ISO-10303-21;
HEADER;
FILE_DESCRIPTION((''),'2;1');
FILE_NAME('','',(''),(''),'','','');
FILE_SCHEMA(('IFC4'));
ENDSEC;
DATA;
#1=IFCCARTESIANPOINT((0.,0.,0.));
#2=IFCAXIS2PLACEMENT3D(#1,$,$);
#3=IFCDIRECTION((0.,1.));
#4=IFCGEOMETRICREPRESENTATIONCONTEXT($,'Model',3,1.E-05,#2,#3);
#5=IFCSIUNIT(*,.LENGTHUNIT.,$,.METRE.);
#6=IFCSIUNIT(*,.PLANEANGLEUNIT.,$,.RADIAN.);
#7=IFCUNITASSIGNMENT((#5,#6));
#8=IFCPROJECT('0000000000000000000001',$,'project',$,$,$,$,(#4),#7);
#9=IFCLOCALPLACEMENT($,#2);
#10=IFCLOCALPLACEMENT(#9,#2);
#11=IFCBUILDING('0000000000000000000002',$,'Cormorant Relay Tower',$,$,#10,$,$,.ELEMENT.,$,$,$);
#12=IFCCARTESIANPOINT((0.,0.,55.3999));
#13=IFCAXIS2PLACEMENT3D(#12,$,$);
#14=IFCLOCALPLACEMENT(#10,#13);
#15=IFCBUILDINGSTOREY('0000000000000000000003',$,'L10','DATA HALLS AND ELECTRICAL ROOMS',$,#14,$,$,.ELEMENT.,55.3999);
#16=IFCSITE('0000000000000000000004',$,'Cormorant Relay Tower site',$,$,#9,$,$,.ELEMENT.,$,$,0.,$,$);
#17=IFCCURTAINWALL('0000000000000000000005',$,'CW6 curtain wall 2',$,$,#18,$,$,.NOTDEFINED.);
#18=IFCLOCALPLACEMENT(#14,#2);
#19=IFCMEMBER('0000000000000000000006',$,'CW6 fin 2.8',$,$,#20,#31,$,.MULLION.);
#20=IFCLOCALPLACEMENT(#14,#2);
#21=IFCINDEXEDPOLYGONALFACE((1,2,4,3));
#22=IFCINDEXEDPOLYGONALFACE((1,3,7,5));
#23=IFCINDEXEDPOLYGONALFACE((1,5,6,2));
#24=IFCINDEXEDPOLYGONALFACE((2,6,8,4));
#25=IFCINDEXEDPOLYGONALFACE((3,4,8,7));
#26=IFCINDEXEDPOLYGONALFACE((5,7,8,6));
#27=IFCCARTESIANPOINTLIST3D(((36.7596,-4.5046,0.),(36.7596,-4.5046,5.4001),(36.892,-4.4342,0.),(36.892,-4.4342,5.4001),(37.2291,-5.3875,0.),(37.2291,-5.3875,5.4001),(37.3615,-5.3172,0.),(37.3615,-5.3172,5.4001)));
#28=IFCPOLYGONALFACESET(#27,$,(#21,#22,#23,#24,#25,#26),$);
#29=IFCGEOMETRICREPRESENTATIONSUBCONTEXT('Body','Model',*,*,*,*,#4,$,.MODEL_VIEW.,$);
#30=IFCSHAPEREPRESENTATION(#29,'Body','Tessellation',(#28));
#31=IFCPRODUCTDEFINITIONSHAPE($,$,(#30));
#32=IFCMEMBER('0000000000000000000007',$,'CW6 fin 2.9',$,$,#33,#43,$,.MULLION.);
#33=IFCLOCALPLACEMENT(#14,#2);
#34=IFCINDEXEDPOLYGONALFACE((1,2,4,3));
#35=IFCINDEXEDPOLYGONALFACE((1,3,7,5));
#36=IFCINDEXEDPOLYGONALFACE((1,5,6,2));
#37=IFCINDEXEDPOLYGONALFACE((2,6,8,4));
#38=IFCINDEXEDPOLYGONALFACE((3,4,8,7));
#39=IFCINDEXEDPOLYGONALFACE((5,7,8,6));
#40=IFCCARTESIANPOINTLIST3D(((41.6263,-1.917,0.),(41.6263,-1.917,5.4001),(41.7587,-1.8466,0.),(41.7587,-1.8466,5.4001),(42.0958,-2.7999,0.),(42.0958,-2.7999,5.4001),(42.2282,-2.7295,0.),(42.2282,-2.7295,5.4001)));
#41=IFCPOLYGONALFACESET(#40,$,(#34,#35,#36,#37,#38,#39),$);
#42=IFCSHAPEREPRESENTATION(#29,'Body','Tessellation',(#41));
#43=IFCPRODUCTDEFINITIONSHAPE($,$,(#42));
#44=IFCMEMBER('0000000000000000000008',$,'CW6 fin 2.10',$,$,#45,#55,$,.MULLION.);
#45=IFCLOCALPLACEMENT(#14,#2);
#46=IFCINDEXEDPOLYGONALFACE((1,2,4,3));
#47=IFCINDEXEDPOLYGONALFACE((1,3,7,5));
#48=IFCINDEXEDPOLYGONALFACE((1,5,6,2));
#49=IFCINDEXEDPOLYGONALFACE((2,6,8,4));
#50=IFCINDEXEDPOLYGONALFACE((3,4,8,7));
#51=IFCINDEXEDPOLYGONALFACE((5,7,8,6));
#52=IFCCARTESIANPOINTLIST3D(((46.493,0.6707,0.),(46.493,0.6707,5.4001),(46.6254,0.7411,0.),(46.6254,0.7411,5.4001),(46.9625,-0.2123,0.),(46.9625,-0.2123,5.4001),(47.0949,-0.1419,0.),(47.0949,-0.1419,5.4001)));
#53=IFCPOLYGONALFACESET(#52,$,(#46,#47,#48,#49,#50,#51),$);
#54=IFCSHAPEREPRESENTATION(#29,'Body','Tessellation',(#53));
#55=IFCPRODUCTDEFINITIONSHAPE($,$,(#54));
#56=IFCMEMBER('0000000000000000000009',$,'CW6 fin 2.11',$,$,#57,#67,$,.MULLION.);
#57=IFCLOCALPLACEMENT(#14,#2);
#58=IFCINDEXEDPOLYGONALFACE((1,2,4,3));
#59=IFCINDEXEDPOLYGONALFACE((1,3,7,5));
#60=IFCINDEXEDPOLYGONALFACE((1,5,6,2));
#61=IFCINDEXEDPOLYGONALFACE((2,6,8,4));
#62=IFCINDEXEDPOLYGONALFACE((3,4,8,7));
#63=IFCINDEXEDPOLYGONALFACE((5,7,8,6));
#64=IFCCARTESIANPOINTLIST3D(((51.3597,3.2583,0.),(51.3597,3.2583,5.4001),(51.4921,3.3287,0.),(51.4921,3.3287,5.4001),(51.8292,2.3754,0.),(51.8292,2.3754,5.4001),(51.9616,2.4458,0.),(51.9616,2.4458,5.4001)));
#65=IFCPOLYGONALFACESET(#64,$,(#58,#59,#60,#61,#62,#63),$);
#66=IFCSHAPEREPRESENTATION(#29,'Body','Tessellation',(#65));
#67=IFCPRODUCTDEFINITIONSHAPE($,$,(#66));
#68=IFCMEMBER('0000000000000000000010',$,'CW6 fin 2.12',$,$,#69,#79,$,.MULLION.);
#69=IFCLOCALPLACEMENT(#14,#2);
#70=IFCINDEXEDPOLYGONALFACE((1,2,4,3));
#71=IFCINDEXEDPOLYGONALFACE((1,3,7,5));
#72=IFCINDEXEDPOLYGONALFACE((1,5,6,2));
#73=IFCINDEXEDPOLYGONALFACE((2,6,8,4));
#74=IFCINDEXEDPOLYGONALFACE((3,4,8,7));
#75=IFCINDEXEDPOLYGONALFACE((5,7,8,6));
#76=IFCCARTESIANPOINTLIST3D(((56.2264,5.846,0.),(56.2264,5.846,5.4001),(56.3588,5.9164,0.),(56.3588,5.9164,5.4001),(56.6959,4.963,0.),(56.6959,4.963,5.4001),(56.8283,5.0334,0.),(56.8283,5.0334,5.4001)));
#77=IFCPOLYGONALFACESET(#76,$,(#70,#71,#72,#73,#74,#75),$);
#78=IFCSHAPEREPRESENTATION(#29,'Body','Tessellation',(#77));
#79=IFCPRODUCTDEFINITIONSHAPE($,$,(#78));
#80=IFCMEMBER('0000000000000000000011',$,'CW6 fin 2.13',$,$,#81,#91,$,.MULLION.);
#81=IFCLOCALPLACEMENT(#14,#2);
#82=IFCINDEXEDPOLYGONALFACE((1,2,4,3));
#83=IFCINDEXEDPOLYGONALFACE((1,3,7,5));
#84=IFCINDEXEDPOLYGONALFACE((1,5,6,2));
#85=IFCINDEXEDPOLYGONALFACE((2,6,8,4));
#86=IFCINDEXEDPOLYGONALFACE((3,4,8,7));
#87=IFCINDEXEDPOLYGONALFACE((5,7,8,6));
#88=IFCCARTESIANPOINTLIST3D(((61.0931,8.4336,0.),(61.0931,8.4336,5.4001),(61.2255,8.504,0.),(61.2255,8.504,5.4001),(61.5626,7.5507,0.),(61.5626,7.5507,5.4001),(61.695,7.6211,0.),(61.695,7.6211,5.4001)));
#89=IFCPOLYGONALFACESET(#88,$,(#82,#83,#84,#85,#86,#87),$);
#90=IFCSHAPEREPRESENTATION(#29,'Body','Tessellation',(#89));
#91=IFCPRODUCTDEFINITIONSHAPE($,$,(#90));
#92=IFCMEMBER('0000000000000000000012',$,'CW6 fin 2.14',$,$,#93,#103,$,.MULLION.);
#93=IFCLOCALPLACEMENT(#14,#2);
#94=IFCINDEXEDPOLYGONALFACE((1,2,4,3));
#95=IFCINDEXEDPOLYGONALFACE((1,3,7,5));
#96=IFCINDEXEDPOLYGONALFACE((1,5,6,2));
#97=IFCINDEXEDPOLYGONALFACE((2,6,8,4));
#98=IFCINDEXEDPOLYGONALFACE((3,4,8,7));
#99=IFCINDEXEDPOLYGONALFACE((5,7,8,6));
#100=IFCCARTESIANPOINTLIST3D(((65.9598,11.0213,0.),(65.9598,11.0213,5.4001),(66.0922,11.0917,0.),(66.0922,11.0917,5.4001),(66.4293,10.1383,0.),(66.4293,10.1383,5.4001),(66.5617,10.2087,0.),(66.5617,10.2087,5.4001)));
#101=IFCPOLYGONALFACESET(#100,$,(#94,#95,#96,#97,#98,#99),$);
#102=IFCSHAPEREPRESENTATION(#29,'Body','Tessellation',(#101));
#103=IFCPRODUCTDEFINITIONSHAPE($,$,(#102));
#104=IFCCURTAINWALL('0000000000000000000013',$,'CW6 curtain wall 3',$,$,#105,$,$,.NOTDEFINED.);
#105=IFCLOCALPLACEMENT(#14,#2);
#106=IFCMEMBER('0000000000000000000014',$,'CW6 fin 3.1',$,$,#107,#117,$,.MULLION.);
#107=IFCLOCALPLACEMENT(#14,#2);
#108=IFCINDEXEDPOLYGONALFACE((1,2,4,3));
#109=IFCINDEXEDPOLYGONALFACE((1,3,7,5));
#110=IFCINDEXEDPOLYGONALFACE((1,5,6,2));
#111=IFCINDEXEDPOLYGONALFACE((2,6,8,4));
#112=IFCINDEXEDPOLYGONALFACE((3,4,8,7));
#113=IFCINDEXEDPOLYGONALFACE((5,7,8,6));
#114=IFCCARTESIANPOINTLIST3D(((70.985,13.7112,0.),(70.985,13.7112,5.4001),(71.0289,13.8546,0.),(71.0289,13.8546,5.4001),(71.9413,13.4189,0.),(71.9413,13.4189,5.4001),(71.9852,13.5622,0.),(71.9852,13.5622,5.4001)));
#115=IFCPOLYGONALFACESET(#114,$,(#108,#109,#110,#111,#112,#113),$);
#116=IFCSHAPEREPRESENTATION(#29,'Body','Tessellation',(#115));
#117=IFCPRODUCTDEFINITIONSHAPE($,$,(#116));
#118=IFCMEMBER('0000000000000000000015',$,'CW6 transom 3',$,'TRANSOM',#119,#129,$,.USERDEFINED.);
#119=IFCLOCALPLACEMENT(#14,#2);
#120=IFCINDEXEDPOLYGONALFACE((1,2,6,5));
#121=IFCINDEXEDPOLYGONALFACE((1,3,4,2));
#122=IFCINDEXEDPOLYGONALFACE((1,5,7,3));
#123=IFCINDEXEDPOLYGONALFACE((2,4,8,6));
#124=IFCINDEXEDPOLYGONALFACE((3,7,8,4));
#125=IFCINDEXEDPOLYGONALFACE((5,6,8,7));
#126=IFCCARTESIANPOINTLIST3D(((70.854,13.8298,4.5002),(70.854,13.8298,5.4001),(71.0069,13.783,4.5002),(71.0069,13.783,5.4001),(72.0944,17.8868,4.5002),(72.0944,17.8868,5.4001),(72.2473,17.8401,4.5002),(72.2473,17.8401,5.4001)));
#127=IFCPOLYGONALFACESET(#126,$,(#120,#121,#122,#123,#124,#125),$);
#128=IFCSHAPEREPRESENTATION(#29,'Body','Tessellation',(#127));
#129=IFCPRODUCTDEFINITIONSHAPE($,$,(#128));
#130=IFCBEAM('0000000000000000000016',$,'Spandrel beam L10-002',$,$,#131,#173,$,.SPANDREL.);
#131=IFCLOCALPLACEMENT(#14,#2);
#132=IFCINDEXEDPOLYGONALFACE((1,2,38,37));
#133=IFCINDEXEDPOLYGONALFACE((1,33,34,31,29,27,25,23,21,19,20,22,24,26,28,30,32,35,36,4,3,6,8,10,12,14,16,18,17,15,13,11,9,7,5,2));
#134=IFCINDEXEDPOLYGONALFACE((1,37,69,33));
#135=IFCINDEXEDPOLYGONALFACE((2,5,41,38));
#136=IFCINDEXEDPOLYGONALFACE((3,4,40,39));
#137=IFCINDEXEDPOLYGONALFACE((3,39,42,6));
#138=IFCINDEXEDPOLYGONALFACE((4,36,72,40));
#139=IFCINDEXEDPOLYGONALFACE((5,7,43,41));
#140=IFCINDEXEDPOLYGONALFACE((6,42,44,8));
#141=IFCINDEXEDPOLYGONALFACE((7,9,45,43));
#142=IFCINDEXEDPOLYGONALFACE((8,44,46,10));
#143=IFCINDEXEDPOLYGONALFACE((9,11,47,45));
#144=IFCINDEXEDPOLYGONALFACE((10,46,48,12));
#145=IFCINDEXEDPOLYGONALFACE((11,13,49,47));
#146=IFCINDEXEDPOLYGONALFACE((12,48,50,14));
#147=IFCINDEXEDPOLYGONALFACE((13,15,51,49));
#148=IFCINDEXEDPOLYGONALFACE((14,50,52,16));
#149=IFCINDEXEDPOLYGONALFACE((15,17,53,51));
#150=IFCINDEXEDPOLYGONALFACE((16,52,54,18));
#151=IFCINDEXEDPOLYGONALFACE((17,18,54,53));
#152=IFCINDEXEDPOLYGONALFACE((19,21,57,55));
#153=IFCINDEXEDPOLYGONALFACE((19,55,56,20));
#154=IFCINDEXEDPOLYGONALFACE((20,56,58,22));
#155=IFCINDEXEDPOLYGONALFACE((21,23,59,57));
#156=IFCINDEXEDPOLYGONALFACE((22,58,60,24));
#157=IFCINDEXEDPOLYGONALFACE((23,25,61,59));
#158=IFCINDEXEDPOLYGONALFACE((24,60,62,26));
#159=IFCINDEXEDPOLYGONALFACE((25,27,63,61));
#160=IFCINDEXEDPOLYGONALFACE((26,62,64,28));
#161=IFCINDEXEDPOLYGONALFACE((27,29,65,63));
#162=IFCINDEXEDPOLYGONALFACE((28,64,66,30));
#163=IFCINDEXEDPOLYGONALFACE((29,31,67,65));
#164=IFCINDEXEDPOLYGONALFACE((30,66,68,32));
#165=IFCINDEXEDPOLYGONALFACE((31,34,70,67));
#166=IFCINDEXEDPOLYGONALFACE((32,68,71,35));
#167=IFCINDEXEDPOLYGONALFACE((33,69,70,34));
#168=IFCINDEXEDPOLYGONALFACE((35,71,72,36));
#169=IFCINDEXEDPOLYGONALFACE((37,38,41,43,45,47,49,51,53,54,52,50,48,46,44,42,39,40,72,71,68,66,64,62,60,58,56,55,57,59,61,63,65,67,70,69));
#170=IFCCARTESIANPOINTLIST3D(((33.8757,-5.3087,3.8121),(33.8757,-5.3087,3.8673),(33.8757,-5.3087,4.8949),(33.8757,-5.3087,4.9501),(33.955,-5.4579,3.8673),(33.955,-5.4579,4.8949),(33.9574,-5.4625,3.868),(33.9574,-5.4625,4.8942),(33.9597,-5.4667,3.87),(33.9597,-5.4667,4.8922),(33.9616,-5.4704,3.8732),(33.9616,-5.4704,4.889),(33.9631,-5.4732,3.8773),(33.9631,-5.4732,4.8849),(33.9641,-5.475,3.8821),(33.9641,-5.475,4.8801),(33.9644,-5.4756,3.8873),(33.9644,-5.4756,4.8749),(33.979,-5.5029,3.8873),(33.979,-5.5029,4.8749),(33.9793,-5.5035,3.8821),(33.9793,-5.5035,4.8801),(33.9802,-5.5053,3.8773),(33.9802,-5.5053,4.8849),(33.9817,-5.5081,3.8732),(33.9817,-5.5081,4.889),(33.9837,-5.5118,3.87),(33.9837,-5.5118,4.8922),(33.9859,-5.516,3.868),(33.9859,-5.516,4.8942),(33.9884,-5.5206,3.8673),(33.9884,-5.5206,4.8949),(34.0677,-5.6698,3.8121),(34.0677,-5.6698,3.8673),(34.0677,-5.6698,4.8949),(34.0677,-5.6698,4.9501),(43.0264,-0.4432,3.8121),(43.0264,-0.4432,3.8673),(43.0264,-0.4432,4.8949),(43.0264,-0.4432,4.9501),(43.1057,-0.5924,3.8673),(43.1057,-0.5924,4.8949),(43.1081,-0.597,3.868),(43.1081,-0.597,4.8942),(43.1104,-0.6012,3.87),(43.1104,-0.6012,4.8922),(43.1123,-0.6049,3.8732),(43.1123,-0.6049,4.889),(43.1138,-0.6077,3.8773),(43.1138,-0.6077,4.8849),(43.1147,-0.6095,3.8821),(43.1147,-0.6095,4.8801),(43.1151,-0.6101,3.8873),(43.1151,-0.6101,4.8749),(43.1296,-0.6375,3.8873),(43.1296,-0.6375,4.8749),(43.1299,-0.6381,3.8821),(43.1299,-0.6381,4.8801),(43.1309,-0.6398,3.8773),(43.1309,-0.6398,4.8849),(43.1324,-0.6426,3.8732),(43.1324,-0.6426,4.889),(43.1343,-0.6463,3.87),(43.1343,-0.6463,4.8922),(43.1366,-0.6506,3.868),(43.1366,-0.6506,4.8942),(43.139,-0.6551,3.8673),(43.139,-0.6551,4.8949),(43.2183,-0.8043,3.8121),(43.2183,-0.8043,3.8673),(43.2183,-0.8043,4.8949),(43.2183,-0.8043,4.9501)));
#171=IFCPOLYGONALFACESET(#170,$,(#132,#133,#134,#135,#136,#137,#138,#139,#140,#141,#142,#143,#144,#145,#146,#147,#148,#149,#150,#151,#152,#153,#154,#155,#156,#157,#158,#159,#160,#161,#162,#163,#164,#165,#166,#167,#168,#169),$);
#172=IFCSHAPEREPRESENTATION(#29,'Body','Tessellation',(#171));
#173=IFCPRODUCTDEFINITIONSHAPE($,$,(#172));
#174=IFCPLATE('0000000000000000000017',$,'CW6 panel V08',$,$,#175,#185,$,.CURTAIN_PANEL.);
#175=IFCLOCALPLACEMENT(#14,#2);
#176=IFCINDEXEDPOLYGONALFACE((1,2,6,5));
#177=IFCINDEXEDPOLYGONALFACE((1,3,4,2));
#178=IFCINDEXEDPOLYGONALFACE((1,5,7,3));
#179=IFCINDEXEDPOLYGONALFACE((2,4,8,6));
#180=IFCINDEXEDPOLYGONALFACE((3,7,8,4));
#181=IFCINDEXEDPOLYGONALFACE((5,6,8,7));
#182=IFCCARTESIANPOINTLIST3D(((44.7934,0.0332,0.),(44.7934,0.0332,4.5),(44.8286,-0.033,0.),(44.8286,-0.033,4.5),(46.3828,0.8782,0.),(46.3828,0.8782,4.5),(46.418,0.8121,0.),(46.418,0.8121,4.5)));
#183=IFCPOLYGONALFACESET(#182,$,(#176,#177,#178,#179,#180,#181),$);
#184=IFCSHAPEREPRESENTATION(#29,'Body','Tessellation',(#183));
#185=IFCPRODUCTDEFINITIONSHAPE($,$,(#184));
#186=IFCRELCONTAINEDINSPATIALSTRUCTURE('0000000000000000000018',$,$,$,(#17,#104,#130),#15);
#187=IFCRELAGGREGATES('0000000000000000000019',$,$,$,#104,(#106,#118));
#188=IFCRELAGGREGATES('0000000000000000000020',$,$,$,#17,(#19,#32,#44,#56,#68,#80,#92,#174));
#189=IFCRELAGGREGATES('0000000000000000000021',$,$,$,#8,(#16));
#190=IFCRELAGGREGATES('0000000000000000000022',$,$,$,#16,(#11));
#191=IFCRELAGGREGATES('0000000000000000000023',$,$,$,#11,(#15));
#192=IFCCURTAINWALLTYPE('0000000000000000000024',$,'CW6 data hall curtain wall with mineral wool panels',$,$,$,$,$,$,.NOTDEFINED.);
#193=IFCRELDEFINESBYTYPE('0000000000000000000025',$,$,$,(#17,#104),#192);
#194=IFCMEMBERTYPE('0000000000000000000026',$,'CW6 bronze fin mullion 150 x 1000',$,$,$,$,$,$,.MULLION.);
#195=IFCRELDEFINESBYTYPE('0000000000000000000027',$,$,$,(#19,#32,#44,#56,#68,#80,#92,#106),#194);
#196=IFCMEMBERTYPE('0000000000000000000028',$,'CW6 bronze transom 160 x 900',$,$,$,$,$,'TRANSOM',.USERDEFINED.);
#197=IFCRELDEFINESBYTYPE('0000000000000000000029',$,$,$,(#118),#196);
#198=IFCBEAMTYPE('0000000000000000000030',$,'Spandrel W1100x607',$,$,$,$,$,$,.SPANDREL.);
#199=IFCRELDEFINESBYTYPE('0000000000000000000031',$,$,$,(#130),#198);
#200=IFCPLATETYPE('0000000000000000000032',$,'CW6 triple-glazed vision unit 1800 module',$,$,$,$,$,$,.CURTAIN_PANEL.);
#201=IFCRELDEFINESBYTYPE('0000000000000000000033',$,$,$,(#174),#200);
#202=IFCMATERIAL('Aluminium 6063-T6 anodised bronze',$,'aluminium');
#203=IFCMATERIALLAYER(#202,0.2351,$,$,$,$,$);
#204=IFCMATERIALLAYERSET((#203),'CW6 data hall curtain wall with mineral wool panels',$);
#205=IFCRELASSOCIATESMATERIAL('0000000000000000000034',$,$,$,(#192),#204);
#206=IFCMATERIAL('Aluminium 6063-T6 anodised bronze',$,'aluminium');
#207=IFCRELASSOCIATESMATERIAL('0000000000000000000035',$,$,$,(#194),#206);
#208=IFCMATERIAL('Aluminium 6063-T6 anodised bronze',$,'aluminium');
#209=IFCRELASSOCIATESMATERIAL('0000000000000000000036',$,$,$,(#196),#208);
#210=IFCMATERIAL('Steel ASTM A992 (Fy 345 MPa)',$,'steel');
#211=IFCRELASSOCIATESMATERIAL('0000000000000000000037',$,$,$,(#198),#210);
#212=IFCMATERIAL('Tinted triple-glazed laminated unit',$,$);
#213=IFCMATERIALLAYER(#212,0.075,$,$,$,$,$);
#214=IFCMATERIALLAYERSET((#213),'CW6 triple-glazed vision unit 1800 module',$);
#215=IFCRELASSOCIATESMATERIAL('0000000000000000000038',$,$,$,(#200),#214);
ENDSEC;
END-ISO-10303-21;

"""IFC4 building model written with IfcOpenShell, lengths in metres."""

from ifc_helpers import new_model, si_unit, direction, frame, origin, origin_2d, place, context, subcontext, project, spatial, rectangle, i_section, extrude, material, layer, layer_set, material_profile, profile_set, type_object, element, aggregate, save


model = new_model("IFC4")

# Units and contexts
model_context = context("Model", 3, precision=1e-05, world=origin(), true_north=direction((0.0, 1.0)))
body_context = subcontext(model_context, "Body", "Model", "MODEL_VIEW")
ifc_project = project(units=[si_unit("LENGTHUNIT", "METRE"), si_unit("PLANEANGLEUNIT", "RADIAN")], contexts=[model_context])

# Site, building, storey
site_placement = place(None, origin())
site = spatial("IfcSite", under=ifc_project, at=site_placement, Name="Cormorant Relay Tower site", CompositionType="ELEMENT", RefElevation=0.0)
building_placement = place(site_placement, origin())
building = spatial("IfcBuilding", under=site, at=building_placement, Name="Cormorant Relay Tower", CompositionType="ELEMENT")
storey_placement = place(building_placement, frame((0.0, 0.0, 55.3999)))
storey = spatial("IfcBuildingStorey", under=building, at=storey_placement, Name="L10", Description="DATA HALLS AND ELECTRICAL ROOMS", CompositionType="ELEMENT", Elevation=55.3999)

# Curtain walls, members
ifc_material_1 = material(Name="Aluminium 6063-T6 anodised bronze", Category="aluminium")
ifc_layer_1 = layer(ifc_material_1, 0.2351)
ifc_layer_set_1 = layer_set([ifc_layer_1], Name="CW6 data hall curtain wall with mineral wool panels")
curtain_wall_type = type_object("IfcCurtainWallType", Name="CW6 data hall curtain wall with mineral wool panels", PredefinedType="NOTDEFINED", material=ifc_layer_set_1)
curtain_wall_1_placement = place(storey_placement, origin())
curtain_wall_1 = element("IfcCurtainWall", 1, at=curtain_wall_1_placement, inside=storey, type_object=curtain_wall_type, Name="CW6 curtain wall 2", PredefinedType="NOTDEFINED")
ifc_material_2 = material(Name="Aluminium 6063-T6 anodised bronze", Category="aluminium")
ifc_material_profile_1 = material_profile(ifc_material_2, rectangle(XDim=0.1499, YDim=1.0, at=origin_2d()), Name="AL 150x1000")
ifc_profile_set_1 = profile_set([ifc_material_profile_1], Name="Aluminium 6063-T6 anodised bronze")
member_type_1 = type_object("IfcMemberType", Name="CW6 bronze fin mullion 150 x 1000", PredefinedType="MULLION", material=ifc_profile_set_1)
member_1_placement = place(storey_placement, frame((37.0605, -4.9109, 0.0), z_axis=(0.0, 0.0, 1.0), x_axis=(0.882948, 0.469472, 0.0)))
member_1 = element("IfcMember", 2, at=member_1_placement, type_object=member_type_1, Name="CW6 fin 2.8", PredefinedType="MULLION", context=body_context, shape_type="SweptSolid", body=[
    extrude(rectangle(XDim=0.1499, YDim=1.0, at=origin_2d()), origin(), (0.0, 0.0, 1.0), 5.4001),
])
member_2_placement = place(storey_placement, frame((41.9272, -2.3232, 0.0), z_axis=(0.0, 0.0, 1.0), x_axis=(0.882948, 0.469472, 0.0)))
member_2 = element("IfcMember", 3, at=member_2_placement, type_object=member_type_1, Name="CW6 fin 2.9", PredefinedType="MULLION", context=body_context, shape_type="SweptSolid", body=[
    extrude(rectangle(XDim=0.1499, YDim=1.0, at=origin_2d()), origin(), (0.0, 0.0, 1.0), 5.4001),
])
member_3_placement = place(storey_placement, frame((46.7939, 0.2644, 0.0), z_axis=(0.0, 0.0, 1.0), x_axis=(0.882948, 0.469472, 0.0)))
member_3 = element("IfcMember", 4, at=member_3_placement, type_object=member_type_1, Name="CW6 fin 2.10", PredefinedType="MULLION", context=body_context, shape_type="SweptSolid", body=[
    extrude(rectangle(XDim=0.1499, YDim=1.0, at=origin_2d()), origin(), (0.0, 0.0, 1.0), 5.4001),
])
member_4_placement = place(storey_placement, frame((51.6606, 2.8521, 0.0), z_axis=(0.0, 0.0, 1.0), x_axis=(0.882948, 0.469472, 0.0)))
member_4 = element("IfcMember", 5, at=member_4_placement, type_object=member_type_1, Name="CW6 fin 2.11", PredefinedType="MULLION", context=body_context, shape_type="SweptSolid", body=[
    extrude(rectangle(XDim=0.1499, YDim=1.0, at=origin_2d()), origin(), (0.0, 0.0, 1.0), 5.4001),
])
member_5_placement = place(storey_placement, frame((56.5273, 5.4397, 0.0), z_axis=(0.0, 0.0, 1.0), x_axis=(0.882948, 0.469472, 0.0)))
member_5 = element("IfcMember", 6, at=member_5_placement, type_object=member_type_1, Name="CW6 fin 2.12", PredefinedType="MULLION", context=body_context, shape_type="SweptSolid", body=[
    extrude(rectangle(XDim=0.1499, YDim=1.0, at=origin_2d()), origin(), (0.0, 0.0, 1.0), 5.4001),
])
member_6_placement = place(storey_placement, frame((61.394, 8.0273, 0.0), z_axis=(0.0, 0.0, 1.0), x_axis=(0.882948, 0.469472, 0.0)))
member_6 = element("IfcMember", 7, at=member_6_placement, type_object=member_type_1, Name="CW6 fin 2.13", PredefinedType="MULLION", context=body_context, shape_type="SweptSolid", body=[
    extrude(rectangle(XDim=0.1499, YDim=1.0, at=origin_2d()), origin(), (0.0, 0.0, 1.0), 5.4001),
])
member_7_placement = place(storey_placement, frame((66.2607, 10.615, 0.0), z_axis=(0.0, 0.0, 1.0), x_axis=(0.882948, 0.469472, 0.0)))
member_7 = element("IfcMember", 8, at=member_7_placement, type_object=member_type_1, Name="CW6 fin 2.14", PredefinedType="MULLION", context=body_context, shape_type="SweptSolid", body=[
    extrude(rectangle(XDim=0.1499, YDim=1.0, at=origin_2d()), origin(), (0.0, 0.0, 1.0), 5.4001),
])
curtain_wall_2_placement = place(storey_placement, origin())
curtain_wall_2 = element("IfcCurtainWall", 9, at=curtain_wall_2_placement, inside=storey, type_object=curtain_wall_type, Name="CW6 curtain wall 3", PredefinedType="NOTDEFINED")
member_8_placement = place(storey_placement, frame((71.4851, 13.6367, 0.0), z_axis=(0.0, 0.0, 1.0), x_axis=(0.292372, 0.956305, 0.0)))
member_8 = element("IfcMember", 10, at=member_8_placement, type_object=member_type_1, Name="CW6 fin 3.1", PredefinedType="MULLION", context=body_context, shape_type="SweptSolid", body=[
    extrude(rectangle(XDim=0.1499, YDim=1.0, at=origin_2d()), origin(), (0.0, 0.0, 1.0), 5.4001),
])
ifc_material_3 = material(Name="Aluminium 6063-T6 anodised bronze", Category="aluminium")
ifc_material_profile_2 = material_profile(ifc_material_3, rectangle(XDim=0.1599, YDim=0.8999, at=origin_2d()), Name="AL 160x900")
ifc_profile_set_2 = profile_set([ifc_material_profile_2], Name="Aluminium 6063-T6 anodised bronze")
member_type_2 = type_object("IfcMemberType", Name="CW6 bronze transom 160 x 900", ElementType="TRANSOM", PredefinedType="USERDEFINED", material=ifc_profile_set_2)
member_9_placement = place(storey_placement, frame((70.9304, 13.8064, 4.9502), z_axis=(0.292391, 0.956299, 0.0), x_axis=(-0.956299, 0.292391, 0.0)))
member_9 = element("IfcMember", 11, at=member_9_placement, type_object=member_type_2, Name="CW6 transom 3", ObjectType="TRANSOM", PredefinedType="USERDEFINED", context=body_context, shape_type="SweptSolid", body=[
    extrude(rectangle(XDim=0.1599, YDim=0.8999, at=origin_2d()), origin(), (0.0, 0.0, 1.0), 4.2424),
])
aggregate(curtain_wall_2, [member_8, member_9])

# Beam
ifc_material_4 = material(Name="Steel ASTM A992 (Fy 345 MPa)", Category="steel")
ifc_material_profile_3 = material_profile(ifc_material_4, i_section(OverallWidth=0.4089, OverallDepth=1.1379, WebThickness=0.031, FlangeThickness=0.0552, FilletRadius=0.02, at=origin_2d()), Name="W1100x607")
ifc_profile_set_3 = profile_set([ifc_material_profile_3], Name="Steel ASTM A992 (Fy 345 MPa)")
beam_type = type_object("IfcBeamType", Name="Spandrel W1100x607", PredefinedType="SPANDREL", material=ifc_profile_set_3)
beam_placement = place(storey_placement, frame((33.9717, -5.4893, 4.3811), z_axis=(0.882948, 0.469472, 0.0), x_axis=(-0.469472, 0.882948, 0.0)))
element("IfcBeam", 12, at=beam_placement, inside=storey, type_object=beam_type, Name="Spandrel beam L10-002", PredefinedType="SPANDREL", context=body_context, shape_type="SweptSolid", body=[
    extrude(i_section(OverallWidth=0.4089, OverallDepth=1.1379, WebThickness=0.031, FlangeThickness=0.0552, FilletRadius=0.02, at=origin_2d()), origin(), (0.0, 0.0, 1.0), 10.3638),
])

# Plate
ifc_material_5 = material(Name="Tinted triple-glazed laminated unit")
ifc_layer_2 = layer(ifc_material_5, 0.075)
ifc_layer_set_2 = layer_set([ifc_layer_2], Name="CW6 triple-glazed vision unit 1800 module")
plate_type = type_object("IfcPlateType", Name="CW6 triple-glazed vision unit 1800 module", PredefinedType="CURTAIN_PANEL", material=ifc_layer_set_2)
plate_1_placement = place(storey_placement, frame((45.6057, 0.4226, 0.0), z_axis=(0.0, 0.0, 1.0), x_axis=(0.882948, 0.469472, 0.0)))
plate_1 = element("IfcPlate", 13, at=plate_1_placement, type_object=plate_type, Name="CW6 panel V08", PredefinedType="CURTAIN_PANEL", context=body_context, shape_type="SweptSolid", body=[
    extrude(rectangle(XDim=1.8, YDim=0.075, at=origin_2d()), origin(), (0.0, 0.0, 1.0), 4.5),
])

aggregate(curtain_wall_1, [member_1, member_2, member_3, member_4, member_5, member_6, member_7, plate_1])

save(model, "model.ifc")
